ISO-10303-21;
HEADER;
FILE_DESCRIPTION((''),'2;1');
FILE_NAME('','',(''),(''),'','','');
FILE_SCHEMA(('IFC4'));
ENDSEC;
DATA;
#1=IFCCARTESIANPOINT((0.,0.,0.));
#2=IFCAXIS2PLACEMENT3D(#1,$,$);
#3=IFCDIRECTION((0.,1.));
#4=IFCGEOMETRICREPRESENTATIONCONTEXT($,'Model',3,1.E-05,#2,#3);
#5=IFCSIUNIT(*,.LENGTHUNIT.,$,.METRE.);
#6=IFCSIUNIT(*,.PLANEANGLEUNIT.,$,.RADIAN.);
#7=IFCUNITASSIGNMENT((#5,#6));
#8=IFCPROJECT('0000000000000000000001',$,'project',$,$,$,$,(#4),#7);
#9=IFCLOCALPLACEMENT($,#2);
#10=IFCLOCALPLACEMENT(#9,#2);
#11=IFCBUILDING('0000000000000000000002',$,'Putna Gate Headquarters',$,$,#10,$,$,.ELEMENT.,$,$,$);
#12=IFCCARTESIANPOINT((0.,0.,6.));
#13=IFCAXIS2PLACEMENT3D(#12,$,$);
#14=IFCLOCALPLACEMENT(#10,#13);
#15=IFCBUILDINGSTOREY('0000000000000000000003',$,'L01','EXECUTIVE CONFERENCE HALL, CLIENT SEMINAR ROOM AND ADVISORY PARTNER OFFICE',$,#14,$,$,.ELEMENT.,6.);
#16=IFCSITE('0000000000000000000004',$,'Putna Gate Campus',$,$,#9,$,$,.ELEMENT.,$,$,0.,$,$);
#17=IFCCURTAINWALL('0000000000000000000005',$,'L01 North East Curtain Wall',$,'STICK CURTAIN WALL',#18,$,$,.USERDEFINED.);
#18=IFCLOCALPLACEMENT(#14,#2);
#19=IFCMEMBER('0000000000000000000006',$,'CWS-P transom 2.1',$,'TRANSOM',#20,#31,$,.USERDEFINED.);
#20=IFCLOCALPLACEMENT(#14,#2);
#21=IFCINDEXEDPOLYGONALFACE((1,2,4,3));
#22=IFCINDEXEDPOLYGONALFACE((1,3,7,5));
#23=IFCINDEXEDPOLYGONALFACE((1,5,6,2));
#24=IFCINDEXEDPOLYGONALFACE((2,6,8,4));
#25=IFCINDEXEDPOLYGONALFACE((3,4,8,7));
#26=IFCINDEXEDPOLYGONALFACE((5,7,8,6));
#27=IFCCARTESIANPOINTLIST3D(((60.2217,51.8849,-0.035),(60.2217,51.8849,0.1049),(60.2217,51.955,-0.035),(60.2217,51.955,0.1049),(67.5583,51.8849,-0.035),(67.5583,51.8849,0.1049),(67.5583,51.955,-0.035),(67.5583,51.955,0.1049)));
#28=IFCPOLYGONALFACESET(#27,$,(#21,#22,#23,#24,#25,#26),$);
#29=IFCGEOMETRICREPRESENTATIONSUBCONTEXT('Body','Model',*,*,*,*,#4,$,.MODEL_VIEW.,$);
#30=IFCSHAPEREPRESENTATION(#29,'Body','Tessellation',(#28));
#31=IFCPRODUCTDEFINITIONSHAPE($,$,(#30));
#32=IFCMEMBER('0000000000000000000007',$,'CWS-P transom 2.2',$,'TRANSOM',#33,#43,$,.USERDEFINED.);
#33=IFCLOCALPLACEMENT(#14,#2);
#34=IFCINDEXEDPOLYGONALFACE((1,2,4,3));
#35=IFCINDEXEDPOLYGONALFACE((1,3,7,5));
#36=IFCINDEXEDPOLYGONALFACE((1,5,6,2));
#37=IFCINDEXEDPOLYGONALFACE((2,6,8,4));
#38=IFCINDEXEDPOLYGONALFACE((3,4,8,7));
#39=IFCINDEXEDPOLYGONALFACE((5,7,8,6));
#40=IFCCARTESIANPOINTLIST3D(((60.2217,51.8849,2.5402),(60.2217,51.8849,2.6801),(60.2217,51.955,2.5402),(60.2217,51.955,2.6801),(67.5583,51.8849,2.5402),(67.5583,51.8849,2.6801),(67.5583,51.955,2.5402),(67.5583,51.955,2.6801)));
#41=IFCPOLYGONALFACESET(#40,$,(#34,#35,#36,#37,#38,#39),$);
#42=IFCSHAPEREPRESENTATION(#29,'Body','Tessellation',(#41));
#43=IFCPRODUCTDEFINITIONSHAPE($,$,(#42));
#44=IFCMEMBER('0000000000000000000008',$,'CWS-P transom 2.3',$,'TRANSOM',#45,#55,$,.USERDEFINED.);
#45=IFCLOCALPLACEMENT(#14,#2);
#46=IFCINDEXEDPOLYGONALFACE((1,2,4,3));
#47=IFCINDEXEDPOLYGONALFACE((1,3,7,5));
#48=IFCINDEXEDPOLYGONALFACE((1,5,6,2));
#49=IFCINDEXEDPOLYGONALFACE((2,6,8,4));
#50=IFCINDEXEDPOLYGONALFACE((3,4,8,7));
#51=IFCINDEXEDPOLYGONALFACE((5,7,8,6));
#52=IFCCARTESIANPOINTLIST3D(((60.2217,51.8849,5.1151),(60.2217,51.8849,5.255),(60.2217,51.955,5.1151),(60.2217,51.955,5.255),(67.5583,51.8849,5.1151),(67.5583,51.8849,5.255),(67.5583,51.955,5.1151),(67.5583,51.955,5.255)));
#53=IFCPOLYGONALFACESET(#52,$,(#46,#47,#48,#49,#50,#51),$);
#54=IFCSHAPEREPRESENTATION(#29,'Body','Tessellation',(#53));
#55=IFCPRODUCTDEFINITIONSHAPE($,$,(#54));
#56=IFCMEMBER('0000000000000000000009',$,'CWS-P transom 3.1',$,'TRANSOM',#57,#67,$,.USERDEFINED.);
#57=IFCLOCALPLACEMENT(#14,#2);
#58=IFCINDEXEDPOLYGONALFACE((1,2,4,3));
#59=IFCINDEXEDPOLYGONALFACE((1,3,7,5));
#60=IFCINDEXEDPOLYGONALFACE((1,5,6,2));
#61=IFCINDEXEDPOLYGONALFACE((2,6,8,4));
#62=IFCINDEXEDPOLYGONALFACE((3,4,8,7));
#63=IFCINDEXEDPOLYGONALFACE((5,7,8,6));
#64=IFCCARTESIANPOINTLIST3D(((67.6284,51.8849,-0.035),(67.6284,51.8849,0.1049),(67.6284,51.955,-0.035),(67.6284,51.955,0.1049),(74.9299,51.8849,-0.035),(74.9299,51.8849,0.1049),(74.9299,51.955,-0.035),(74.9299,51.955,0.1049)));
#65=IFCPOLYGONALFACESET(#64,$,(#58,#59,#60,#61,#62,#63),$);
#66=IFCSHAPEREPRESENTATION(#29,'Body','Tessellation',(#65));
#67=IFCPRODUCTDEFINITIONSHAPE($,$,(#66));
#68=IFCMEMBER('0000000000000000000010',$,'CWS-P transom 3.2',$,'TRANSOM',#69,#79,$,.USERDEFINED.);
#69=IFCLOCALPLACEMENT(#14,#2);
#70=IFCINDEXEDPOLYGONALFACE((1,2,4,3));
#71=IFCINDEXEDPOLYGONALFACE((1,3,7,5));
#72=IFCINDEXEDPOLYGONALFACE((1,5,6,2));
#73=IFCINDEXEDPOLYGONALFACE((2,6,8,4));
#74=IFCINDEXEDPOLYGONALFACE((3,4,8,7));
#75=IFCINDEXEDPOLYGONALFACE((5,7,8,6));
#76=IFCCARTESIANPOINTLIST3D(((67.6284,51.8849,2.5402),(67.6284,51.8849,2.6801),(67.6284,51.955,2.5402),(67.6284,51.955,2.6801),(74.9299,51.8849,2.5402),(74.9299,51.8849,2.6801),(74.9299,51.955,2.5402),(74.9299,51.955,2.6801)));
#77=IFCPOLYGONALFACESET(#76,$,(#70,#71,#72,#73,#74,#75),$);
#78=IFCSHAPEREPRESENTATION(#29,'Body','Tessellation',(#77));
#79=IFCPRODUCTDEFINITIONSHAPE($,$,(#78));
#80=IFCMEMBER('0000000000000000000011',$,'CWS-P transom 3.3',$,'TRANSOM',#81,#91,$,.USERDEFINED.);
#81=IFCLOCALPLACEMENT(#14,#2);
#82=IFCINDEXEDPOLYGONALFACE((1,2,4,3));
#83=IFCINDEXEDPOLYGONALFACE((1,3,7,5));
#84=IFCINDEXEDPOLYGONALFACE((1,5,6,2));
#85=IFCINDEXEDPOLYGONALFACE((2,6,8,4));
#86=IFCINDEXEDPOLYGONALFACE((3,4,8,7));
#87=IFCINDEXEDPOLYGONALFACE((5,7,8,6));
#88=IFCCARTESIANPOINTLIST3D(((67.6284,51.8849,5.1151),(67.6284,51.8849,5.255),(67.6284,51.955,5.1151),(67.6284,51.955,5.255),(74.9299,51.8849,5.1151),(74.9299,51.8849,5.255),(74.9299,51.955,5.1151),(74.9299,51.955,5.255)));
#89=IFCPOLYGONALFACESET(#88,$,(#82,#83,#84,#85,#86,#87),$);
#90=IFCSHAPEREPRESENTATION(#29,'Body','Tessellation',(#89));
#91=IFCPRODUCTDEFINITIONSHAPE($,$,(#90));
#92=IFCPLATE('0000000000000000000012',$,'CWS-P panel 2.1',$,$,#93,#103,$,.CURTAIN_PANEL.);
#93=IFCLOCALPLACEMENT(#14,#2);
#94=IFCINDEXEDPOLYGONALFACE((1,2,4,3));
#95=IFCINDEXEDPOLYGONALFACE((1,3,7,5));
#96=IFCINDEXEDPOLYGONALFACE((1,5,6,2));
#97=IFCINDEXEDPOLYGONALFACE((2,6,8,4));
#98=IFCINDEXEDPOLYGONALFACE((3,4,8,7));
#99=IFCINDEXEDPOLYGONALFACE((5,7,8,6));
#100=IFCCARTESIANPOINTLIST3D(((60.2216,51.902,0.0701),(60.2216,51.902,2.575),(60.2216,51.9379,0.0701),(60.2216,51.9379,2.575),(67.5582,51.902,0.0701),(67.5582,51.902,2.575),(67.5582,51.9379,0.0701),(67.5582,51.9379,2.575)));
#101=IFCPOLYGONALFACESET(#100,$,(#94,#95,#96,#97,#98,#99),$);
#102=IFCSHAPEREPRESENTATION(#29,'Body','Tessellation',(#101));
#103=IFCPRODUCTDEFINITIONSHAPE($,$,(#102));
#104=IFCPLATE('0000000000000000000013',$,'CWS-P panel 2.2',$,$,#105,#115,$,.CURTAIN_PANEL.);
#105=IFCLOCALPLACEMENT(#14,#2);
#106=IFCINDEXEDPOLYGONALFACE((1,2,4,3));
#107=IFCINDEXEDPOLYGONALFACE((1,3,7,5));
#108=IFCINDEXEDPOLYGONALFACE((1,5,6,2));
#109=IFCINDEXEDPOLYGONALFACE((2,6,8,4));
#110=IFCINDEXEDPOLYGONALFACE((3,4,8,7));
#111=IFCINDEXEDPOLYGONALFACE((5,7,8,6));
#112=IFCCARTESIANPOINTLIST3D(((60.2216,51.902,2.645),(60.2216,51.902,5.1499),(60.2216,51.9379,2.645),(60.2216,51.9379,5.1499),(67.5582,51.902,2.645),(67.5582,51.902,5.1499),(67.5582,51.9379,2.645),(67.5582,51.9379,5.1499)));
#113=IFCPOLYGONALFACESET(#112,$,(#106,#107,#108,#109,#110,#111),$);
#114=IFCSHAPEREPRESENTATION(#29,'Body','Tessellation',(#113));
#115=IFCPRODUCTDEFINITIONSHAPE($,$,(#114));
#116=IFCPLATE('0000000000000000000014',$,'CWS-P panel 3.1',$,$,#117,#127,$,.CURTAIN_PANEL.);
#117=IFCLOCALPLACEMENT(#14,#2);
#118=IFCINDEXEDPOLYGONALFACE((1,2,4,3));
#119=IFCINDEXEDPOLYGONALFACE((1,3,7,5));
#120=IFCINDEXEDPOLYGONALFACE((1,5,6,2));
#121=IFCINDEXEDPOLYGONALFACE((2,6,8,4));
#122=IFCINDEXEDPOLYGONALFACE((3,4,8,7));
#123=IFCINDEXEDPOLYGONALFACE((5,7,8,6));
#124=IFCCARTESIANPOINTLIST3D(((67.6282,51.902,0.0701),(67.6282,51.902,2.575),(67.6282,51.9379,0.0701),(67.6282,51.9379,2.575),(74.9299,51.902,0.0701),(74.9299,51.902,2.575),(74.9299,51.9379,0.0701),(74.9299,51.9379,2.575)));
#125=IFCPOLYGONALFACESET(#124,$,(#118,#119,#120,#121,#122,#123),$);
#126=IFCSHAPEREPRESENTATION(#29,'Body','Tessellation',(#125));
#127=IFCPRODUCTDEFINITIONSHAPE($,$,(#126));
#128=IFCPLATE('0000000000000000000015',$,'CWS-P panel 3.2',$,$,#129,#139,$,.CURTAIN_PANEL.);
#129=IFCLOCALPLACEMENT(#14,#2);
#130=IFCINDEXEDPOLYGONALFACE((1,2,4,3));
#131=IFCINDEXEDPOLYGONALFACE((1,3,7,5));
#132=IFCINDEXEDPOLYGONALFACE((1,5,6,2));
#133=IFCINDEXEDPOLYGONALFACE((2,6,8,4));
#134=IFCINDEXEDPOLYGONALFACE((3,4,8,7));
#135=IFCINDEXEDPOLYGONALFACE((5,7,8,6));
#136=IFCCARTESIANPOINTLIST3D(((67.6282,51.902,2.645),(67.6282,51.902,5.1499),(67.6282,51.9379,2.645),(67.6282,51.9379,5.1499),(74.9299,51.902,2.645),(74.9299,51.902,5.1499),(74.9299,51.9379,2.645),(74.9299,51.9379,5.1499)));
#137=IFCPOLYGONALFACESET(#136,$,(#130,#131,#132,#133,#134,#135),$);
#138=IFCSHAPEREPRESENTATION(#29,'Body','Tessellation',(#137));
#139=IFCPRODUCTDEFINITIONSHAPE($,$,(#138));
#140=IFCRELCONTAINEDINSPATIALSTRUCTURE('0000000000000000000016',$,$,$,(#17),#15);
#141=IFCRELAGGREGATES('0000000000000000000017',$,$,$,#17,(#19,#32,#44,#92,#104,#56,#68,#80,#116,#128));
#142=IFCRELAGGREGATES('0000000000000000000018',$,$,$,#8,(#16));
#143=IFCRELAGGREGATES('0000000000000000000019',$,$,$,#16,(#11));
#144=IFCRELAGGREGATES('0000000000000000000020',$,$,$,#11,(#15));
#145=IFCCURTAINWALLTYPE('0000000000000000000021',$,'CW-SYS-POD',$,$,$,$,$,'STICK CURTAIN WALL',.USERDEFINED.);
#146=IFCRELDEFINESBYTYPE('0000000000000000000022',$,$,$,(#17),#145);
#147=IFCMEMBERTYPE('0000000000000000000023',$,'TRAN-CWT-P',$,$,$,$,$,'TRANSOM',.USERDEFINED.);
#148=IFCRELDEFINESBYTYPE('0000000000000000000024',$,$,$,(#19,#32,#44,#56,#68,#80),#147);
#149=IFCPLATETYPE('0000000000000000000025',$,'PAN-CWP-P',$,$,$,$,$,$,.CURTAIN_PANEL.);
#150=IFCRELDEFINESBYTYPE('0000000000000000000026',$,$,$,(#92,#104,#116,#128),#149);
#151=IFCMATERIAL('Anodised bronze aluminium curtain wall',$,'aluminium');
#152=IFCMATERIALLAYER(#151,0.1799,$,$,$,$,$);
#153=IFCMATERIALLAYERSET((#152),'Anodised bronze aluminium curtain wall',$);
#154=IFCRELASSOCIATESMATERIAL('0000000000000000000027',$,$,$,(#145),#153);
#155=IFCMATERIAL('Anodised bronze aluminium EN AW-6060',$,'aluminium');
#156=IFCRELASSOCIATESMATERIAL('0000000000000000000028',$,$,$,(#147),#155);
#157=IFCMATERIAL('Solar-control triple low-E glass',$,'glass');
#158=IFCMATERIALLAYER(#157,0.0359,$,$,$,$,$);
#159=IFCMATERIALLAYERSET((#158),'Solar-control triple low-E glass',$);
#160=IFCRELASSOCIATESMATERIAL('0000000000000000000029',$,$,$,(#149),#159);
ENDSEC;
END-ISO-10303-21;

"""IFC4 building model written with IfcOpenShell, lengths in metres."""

from ifc_helpers import new_model, si_unit, direction, frame, origin, origin_2d, place, context, subcontext, project, spatial, rectangle, extrude, material, layer, layer_set, material_profile, profile_set, type_object, element, aggregate, save


model = new_model("IFC4")

# Units and contexts
model_context = context("Model", 3, precision=1e-05, world=origin(), true_north=direction((0.0, 1.0)))
body_context = subcontext(model_context, "Body", "Model", "MODEL_VIEW")
ifc_project = project(units=[si_unit("LENGTHUNIT", "METRE"), si_unit("PLANEANGLEUNIT", "RADIAN")], contexts=[model_context])

# Site, building, storey
site_placement = place(None, origin())
site = spatial("IfcSite", under=ifc_project, at=site_placement, Name="Putna Gate Campus", CompositionType="ELEMENT", RefElevation=0.0)
building_placement = place(site_placement, origin())
building = spatial("IfcBuilding", under=site, at=building_placement, Name="Putna Gate Headquarters", CompositionType="ELEMENT")
storey_placement = place(building_placement, frame((0.0, 0.0, 6.0)))
storey = spatial("IfcBuildingStorey", under=building, at=storey_placement, Name="L01", Description="EXECUTIVE CONFERENCE HALL, CLIENT SEMINAR ROOM AND ADVISORY PARTNER OFFICE", CompositionType="ELEMENT", Elevation=6.0)

# Curtain wall, members, plates
ifc_material_1 = material(Name="Anodised bronze aluminium curtain wall", Category="aluminium")
ifc_layer_1 = layer(ifc_material_1, 0.1799)
ifc_layer_set_1 = layer_set([ifc_layer_1], Name="Anodised bronze aluminium curtain wall")
curtain_wall_type = type_object("IfcCurtainWallType", Name="CW-SYS-POD", ElementType="STICK CURTAIN WALL", PredefinedType="USERDEFINED", material=ifc_layer_set_1)
curtain_wall_placement = place(storey_placement, origin())
curtain_wall = element("IfcCurtainWall", 1, at=curtain_wall_placement, inside=storey, type_object=curtain_wall_type, Name="L01 North East Curtain Wall", ObjectType="STICK CURTAIN WALL", PredefinedType="USERDEFINED")
ifc_material_2 = material(Name="Anodised bronze aluminium EN AW-6060", Category="aluminium")
ifc_material_profile_1 = material_profile(ifc_material_2, rectangle(XDim=0.0701, YDim=0.1399, at=origin_2d()), Name="Anodised bronze aluminium EN AW-6060")
ifc_profile_set_1 = profile_set([ifc_material_profile_1], Name="Anodised bronze aluminium EN AW-6060")
member_type_1 = type_object("IfcMemberType", Name="TRAN-CWT-P", ElementType="TRANSOM", PredefinedType="USERDEFINED", material=ifc_profile_set_1)
member_1_placement = place(storey_placement, frame((60.2217, 51.9199, 0.0349), z_axis=(1.0, 0.0, 0.0), x_axis=(0.0, 1.0, 0.0)))
member_1 = element("IfcMember", 2, at=member_1_placement, type_object=member_type_1, Name="CWS-P transom 2.1", ObjectType="TRANSOM", PredefinedType="USERDEFINED", context=body_context, shape_type="SweptSolid", body=[
    extrude(rectangle(XDim=0.0701, YDim=0.1399, at=origin_2d()), origin(), (0.0, 0.0, 1.0), 7.3367),
])
member_2_placement = place(storey_placement, frame((60.2217, 51.9199, 2.6101), z_axis=(1.0, 0.0, 0.0), x_axis=(0.0, 1.0, 0.0)))
member_2 = element("IfcMember", 3, at=member_2_placement, type_object=member_type_1, Name="CWS-P transom 2.2", ObjectType="TRANSOM", PredefinedType="USERDEFINED", context=body_context, shape_type="SweptSolid", body=[
    extrude(rectangle(XDim=0.0701, YDim=0.1399, at=origin_2d()), origin(), (0.0, 0.0, 1.0), 7.3367),
])
member_3_placement = place(storey_placement, frame((60.2217, 51.9199, 5.1851), z_axis=(1.0, 0.0, 0.0), x_axis=(0.0, 1.0, 0.0)))
member_3 = element("IfcMember", 4, at=member_3_placement, type_object=member_type_1, Name="CWS-P transom 2.3", ObjectType="TRANSOM", PredefinedType="USERDEFINED", context=body_context, shape_type="SweptSolid", body=[
    extrude(rectangle(XDim=0.0701, YDim=0.1399, at=origin_2d()), origin(), (0.0, 0.0, 1.0), 7.3367),
])
member_4_placement = place(storey_placement, frame((67.6284, 51.9199, 0.0349), z_axis=(1.0, 0.0, 0.0), x_axis=(0.0, 1.0, 0.0)))
member_4 = element("IfcMember", 5, at=member_4_placement, type_object=member_type_1, Name="CWS-P transom 3.1", ObjectType="TRANSOM", PredefinedType="USERDEFINED", context=body_context, shape_type="SweptSolid", body=[
    extrude(rectangle(XDim=0.0701, YDim=0.1399, at=origin_2d()), origin(), (0.0, 0.0, 1.0), 7.3015),
])
member_5_placement = place(storey_placement, frame((67.6284, 51.9199, 2.6101), z_axis=(1.0, 0.0, 0.0), x_axis=(0.0, 1.0, 0.0)))
member_5 = element("IfcMember", 6, at=member_5_placement, type_object=member_type_1, Name="CWS-P transom 3.2", ObjectType="TRANSOM", PredefinedType="USERDEFINED", context=body_context, shape_type="SweptSolid", body=[
    extrude(rectangle(XDim=0.0701, YDim=0.1399, at=origin_2d()), origin(), (0.0, 0.0, 1.0), 7.3015),
])
member_6_placement = place(storey_placement, frame((67.6284, 51.9199, 5.1851), z_axis=(1.0, 0.0, 0.0), x_axis=(0.0, 1.0, 0.0)))
member_6 = element("IfcMember", 7, at=member_6_placement, type_object=member_type_1, Name="CWS-P transom 3.3", ObjectType="TRANSOM", PredefinedType="USERDEFINED", context=body_context, shape_type="SweptSolid", body=[
    extrude(rectangle(XDim=0.0701, YDim=0.1399, at=origin_2d()), origin(), (0.0, 0.0, 1.0), 7.3015),
])
ifc_material_3 = material(Name="Solar-control triple low-E glass", Category="glass")
ifc_layer_2 = layer(ifc_material_3, 0.0359)
ifc_layer_set_2 = layer_set([ifc_layer_2], Name="Solar-control triple low-E glass")
plate_type = type_object("IfcPlateType", Name="PAN-CWP-P", PredefinedType="CURTAIN_PANEL", material=ifc_layer_set_2)
plate_1_placement = place(storey_placement, frame((63.8899, 51.9199, 0.0701), z_axis=(0.0, 0.0, 1.0), x_axis=(1.0, 0.0, 0.0)))
plate_1 = element("IfcPlate", 8, at=plate_1_placement, type_object=plate_type, Name="CWS-P panel 2.1", PredefinedType="CURTAIN_PANEL", context=body_context, shape_type="SweptSolid", body=[
    extrude(rectangle(XDim=7.3367, YDim=0.0359, at=origin_2d()), origin(), (0.0, 0.0, 1.0), 2.5049),
])
plate_2_placement = place(storey_placement, frame((63.8899, 51.9199, 2.645), z_axis=(0.0, 0.0, 1.0), x_axis=(1.0, 0.0, 0.0)))
plate_2 = element("IfcPlate", 9, at=plate_2_placement, type_object=plate_type, Name="CWS-P panel 2.2", PredefinedType="CURTAIN_PANEL", context=body_context, shape_type="SweptSolid", body=[
    extrude(rectangle(XDim=7.3367, YDim=0.0359, at=origin_2d()), origin(), (0.0, 0.0, 1.0), 2.5049),
])
plate_3_placement = place(storey_placement, frame((71.2791, 51.9199, 0.0701), z_axis=(0.0, 0.0, 1.0), x_axis=(1.0, 0.0, 0.0)))
plate_3 = element("IfcPlate", 10, at=plate_3_placement, type_object=plate_type, Name="CWS-P panel 3.1", PredefinedType="CURTAIN_PANEL", context=body_context, shape_type="SweptSolid", body=[
    extrude(rectangle(XDim=7.3018, YDim=0.0359, at=origin_2d()), origin(), (0.0, 0.0, 1.0), 2.5049),
])
plate_4_placement = place(storey_placement, frame((71.2791, 51.9199, 2.645), z_axis=(0.0, 0.0, 1.0), x_axis=(1.0, 0.0, 0.0)))
plate_4 = element("IfcPlate", 11, at=plate_4_placement, type_object=plate_type, Name="CWS-P panel 3.2", PredefinedType="CURTAIN_PANEL", context=body_context, shape_type="SweptSolid", body=[
    extrude(rectangle(XDim=7.3018, YDim=0.0359, at=origin_2d()), origin(), (0.0, 0.0, 1.0), 2.5049),
])
aggregate(curtain_wall, [member_1, member_2, member_3, plate_1, plate_2, member_4, member_5, member_6, plate_3, plate_4])

save(model, "model.ifc")
